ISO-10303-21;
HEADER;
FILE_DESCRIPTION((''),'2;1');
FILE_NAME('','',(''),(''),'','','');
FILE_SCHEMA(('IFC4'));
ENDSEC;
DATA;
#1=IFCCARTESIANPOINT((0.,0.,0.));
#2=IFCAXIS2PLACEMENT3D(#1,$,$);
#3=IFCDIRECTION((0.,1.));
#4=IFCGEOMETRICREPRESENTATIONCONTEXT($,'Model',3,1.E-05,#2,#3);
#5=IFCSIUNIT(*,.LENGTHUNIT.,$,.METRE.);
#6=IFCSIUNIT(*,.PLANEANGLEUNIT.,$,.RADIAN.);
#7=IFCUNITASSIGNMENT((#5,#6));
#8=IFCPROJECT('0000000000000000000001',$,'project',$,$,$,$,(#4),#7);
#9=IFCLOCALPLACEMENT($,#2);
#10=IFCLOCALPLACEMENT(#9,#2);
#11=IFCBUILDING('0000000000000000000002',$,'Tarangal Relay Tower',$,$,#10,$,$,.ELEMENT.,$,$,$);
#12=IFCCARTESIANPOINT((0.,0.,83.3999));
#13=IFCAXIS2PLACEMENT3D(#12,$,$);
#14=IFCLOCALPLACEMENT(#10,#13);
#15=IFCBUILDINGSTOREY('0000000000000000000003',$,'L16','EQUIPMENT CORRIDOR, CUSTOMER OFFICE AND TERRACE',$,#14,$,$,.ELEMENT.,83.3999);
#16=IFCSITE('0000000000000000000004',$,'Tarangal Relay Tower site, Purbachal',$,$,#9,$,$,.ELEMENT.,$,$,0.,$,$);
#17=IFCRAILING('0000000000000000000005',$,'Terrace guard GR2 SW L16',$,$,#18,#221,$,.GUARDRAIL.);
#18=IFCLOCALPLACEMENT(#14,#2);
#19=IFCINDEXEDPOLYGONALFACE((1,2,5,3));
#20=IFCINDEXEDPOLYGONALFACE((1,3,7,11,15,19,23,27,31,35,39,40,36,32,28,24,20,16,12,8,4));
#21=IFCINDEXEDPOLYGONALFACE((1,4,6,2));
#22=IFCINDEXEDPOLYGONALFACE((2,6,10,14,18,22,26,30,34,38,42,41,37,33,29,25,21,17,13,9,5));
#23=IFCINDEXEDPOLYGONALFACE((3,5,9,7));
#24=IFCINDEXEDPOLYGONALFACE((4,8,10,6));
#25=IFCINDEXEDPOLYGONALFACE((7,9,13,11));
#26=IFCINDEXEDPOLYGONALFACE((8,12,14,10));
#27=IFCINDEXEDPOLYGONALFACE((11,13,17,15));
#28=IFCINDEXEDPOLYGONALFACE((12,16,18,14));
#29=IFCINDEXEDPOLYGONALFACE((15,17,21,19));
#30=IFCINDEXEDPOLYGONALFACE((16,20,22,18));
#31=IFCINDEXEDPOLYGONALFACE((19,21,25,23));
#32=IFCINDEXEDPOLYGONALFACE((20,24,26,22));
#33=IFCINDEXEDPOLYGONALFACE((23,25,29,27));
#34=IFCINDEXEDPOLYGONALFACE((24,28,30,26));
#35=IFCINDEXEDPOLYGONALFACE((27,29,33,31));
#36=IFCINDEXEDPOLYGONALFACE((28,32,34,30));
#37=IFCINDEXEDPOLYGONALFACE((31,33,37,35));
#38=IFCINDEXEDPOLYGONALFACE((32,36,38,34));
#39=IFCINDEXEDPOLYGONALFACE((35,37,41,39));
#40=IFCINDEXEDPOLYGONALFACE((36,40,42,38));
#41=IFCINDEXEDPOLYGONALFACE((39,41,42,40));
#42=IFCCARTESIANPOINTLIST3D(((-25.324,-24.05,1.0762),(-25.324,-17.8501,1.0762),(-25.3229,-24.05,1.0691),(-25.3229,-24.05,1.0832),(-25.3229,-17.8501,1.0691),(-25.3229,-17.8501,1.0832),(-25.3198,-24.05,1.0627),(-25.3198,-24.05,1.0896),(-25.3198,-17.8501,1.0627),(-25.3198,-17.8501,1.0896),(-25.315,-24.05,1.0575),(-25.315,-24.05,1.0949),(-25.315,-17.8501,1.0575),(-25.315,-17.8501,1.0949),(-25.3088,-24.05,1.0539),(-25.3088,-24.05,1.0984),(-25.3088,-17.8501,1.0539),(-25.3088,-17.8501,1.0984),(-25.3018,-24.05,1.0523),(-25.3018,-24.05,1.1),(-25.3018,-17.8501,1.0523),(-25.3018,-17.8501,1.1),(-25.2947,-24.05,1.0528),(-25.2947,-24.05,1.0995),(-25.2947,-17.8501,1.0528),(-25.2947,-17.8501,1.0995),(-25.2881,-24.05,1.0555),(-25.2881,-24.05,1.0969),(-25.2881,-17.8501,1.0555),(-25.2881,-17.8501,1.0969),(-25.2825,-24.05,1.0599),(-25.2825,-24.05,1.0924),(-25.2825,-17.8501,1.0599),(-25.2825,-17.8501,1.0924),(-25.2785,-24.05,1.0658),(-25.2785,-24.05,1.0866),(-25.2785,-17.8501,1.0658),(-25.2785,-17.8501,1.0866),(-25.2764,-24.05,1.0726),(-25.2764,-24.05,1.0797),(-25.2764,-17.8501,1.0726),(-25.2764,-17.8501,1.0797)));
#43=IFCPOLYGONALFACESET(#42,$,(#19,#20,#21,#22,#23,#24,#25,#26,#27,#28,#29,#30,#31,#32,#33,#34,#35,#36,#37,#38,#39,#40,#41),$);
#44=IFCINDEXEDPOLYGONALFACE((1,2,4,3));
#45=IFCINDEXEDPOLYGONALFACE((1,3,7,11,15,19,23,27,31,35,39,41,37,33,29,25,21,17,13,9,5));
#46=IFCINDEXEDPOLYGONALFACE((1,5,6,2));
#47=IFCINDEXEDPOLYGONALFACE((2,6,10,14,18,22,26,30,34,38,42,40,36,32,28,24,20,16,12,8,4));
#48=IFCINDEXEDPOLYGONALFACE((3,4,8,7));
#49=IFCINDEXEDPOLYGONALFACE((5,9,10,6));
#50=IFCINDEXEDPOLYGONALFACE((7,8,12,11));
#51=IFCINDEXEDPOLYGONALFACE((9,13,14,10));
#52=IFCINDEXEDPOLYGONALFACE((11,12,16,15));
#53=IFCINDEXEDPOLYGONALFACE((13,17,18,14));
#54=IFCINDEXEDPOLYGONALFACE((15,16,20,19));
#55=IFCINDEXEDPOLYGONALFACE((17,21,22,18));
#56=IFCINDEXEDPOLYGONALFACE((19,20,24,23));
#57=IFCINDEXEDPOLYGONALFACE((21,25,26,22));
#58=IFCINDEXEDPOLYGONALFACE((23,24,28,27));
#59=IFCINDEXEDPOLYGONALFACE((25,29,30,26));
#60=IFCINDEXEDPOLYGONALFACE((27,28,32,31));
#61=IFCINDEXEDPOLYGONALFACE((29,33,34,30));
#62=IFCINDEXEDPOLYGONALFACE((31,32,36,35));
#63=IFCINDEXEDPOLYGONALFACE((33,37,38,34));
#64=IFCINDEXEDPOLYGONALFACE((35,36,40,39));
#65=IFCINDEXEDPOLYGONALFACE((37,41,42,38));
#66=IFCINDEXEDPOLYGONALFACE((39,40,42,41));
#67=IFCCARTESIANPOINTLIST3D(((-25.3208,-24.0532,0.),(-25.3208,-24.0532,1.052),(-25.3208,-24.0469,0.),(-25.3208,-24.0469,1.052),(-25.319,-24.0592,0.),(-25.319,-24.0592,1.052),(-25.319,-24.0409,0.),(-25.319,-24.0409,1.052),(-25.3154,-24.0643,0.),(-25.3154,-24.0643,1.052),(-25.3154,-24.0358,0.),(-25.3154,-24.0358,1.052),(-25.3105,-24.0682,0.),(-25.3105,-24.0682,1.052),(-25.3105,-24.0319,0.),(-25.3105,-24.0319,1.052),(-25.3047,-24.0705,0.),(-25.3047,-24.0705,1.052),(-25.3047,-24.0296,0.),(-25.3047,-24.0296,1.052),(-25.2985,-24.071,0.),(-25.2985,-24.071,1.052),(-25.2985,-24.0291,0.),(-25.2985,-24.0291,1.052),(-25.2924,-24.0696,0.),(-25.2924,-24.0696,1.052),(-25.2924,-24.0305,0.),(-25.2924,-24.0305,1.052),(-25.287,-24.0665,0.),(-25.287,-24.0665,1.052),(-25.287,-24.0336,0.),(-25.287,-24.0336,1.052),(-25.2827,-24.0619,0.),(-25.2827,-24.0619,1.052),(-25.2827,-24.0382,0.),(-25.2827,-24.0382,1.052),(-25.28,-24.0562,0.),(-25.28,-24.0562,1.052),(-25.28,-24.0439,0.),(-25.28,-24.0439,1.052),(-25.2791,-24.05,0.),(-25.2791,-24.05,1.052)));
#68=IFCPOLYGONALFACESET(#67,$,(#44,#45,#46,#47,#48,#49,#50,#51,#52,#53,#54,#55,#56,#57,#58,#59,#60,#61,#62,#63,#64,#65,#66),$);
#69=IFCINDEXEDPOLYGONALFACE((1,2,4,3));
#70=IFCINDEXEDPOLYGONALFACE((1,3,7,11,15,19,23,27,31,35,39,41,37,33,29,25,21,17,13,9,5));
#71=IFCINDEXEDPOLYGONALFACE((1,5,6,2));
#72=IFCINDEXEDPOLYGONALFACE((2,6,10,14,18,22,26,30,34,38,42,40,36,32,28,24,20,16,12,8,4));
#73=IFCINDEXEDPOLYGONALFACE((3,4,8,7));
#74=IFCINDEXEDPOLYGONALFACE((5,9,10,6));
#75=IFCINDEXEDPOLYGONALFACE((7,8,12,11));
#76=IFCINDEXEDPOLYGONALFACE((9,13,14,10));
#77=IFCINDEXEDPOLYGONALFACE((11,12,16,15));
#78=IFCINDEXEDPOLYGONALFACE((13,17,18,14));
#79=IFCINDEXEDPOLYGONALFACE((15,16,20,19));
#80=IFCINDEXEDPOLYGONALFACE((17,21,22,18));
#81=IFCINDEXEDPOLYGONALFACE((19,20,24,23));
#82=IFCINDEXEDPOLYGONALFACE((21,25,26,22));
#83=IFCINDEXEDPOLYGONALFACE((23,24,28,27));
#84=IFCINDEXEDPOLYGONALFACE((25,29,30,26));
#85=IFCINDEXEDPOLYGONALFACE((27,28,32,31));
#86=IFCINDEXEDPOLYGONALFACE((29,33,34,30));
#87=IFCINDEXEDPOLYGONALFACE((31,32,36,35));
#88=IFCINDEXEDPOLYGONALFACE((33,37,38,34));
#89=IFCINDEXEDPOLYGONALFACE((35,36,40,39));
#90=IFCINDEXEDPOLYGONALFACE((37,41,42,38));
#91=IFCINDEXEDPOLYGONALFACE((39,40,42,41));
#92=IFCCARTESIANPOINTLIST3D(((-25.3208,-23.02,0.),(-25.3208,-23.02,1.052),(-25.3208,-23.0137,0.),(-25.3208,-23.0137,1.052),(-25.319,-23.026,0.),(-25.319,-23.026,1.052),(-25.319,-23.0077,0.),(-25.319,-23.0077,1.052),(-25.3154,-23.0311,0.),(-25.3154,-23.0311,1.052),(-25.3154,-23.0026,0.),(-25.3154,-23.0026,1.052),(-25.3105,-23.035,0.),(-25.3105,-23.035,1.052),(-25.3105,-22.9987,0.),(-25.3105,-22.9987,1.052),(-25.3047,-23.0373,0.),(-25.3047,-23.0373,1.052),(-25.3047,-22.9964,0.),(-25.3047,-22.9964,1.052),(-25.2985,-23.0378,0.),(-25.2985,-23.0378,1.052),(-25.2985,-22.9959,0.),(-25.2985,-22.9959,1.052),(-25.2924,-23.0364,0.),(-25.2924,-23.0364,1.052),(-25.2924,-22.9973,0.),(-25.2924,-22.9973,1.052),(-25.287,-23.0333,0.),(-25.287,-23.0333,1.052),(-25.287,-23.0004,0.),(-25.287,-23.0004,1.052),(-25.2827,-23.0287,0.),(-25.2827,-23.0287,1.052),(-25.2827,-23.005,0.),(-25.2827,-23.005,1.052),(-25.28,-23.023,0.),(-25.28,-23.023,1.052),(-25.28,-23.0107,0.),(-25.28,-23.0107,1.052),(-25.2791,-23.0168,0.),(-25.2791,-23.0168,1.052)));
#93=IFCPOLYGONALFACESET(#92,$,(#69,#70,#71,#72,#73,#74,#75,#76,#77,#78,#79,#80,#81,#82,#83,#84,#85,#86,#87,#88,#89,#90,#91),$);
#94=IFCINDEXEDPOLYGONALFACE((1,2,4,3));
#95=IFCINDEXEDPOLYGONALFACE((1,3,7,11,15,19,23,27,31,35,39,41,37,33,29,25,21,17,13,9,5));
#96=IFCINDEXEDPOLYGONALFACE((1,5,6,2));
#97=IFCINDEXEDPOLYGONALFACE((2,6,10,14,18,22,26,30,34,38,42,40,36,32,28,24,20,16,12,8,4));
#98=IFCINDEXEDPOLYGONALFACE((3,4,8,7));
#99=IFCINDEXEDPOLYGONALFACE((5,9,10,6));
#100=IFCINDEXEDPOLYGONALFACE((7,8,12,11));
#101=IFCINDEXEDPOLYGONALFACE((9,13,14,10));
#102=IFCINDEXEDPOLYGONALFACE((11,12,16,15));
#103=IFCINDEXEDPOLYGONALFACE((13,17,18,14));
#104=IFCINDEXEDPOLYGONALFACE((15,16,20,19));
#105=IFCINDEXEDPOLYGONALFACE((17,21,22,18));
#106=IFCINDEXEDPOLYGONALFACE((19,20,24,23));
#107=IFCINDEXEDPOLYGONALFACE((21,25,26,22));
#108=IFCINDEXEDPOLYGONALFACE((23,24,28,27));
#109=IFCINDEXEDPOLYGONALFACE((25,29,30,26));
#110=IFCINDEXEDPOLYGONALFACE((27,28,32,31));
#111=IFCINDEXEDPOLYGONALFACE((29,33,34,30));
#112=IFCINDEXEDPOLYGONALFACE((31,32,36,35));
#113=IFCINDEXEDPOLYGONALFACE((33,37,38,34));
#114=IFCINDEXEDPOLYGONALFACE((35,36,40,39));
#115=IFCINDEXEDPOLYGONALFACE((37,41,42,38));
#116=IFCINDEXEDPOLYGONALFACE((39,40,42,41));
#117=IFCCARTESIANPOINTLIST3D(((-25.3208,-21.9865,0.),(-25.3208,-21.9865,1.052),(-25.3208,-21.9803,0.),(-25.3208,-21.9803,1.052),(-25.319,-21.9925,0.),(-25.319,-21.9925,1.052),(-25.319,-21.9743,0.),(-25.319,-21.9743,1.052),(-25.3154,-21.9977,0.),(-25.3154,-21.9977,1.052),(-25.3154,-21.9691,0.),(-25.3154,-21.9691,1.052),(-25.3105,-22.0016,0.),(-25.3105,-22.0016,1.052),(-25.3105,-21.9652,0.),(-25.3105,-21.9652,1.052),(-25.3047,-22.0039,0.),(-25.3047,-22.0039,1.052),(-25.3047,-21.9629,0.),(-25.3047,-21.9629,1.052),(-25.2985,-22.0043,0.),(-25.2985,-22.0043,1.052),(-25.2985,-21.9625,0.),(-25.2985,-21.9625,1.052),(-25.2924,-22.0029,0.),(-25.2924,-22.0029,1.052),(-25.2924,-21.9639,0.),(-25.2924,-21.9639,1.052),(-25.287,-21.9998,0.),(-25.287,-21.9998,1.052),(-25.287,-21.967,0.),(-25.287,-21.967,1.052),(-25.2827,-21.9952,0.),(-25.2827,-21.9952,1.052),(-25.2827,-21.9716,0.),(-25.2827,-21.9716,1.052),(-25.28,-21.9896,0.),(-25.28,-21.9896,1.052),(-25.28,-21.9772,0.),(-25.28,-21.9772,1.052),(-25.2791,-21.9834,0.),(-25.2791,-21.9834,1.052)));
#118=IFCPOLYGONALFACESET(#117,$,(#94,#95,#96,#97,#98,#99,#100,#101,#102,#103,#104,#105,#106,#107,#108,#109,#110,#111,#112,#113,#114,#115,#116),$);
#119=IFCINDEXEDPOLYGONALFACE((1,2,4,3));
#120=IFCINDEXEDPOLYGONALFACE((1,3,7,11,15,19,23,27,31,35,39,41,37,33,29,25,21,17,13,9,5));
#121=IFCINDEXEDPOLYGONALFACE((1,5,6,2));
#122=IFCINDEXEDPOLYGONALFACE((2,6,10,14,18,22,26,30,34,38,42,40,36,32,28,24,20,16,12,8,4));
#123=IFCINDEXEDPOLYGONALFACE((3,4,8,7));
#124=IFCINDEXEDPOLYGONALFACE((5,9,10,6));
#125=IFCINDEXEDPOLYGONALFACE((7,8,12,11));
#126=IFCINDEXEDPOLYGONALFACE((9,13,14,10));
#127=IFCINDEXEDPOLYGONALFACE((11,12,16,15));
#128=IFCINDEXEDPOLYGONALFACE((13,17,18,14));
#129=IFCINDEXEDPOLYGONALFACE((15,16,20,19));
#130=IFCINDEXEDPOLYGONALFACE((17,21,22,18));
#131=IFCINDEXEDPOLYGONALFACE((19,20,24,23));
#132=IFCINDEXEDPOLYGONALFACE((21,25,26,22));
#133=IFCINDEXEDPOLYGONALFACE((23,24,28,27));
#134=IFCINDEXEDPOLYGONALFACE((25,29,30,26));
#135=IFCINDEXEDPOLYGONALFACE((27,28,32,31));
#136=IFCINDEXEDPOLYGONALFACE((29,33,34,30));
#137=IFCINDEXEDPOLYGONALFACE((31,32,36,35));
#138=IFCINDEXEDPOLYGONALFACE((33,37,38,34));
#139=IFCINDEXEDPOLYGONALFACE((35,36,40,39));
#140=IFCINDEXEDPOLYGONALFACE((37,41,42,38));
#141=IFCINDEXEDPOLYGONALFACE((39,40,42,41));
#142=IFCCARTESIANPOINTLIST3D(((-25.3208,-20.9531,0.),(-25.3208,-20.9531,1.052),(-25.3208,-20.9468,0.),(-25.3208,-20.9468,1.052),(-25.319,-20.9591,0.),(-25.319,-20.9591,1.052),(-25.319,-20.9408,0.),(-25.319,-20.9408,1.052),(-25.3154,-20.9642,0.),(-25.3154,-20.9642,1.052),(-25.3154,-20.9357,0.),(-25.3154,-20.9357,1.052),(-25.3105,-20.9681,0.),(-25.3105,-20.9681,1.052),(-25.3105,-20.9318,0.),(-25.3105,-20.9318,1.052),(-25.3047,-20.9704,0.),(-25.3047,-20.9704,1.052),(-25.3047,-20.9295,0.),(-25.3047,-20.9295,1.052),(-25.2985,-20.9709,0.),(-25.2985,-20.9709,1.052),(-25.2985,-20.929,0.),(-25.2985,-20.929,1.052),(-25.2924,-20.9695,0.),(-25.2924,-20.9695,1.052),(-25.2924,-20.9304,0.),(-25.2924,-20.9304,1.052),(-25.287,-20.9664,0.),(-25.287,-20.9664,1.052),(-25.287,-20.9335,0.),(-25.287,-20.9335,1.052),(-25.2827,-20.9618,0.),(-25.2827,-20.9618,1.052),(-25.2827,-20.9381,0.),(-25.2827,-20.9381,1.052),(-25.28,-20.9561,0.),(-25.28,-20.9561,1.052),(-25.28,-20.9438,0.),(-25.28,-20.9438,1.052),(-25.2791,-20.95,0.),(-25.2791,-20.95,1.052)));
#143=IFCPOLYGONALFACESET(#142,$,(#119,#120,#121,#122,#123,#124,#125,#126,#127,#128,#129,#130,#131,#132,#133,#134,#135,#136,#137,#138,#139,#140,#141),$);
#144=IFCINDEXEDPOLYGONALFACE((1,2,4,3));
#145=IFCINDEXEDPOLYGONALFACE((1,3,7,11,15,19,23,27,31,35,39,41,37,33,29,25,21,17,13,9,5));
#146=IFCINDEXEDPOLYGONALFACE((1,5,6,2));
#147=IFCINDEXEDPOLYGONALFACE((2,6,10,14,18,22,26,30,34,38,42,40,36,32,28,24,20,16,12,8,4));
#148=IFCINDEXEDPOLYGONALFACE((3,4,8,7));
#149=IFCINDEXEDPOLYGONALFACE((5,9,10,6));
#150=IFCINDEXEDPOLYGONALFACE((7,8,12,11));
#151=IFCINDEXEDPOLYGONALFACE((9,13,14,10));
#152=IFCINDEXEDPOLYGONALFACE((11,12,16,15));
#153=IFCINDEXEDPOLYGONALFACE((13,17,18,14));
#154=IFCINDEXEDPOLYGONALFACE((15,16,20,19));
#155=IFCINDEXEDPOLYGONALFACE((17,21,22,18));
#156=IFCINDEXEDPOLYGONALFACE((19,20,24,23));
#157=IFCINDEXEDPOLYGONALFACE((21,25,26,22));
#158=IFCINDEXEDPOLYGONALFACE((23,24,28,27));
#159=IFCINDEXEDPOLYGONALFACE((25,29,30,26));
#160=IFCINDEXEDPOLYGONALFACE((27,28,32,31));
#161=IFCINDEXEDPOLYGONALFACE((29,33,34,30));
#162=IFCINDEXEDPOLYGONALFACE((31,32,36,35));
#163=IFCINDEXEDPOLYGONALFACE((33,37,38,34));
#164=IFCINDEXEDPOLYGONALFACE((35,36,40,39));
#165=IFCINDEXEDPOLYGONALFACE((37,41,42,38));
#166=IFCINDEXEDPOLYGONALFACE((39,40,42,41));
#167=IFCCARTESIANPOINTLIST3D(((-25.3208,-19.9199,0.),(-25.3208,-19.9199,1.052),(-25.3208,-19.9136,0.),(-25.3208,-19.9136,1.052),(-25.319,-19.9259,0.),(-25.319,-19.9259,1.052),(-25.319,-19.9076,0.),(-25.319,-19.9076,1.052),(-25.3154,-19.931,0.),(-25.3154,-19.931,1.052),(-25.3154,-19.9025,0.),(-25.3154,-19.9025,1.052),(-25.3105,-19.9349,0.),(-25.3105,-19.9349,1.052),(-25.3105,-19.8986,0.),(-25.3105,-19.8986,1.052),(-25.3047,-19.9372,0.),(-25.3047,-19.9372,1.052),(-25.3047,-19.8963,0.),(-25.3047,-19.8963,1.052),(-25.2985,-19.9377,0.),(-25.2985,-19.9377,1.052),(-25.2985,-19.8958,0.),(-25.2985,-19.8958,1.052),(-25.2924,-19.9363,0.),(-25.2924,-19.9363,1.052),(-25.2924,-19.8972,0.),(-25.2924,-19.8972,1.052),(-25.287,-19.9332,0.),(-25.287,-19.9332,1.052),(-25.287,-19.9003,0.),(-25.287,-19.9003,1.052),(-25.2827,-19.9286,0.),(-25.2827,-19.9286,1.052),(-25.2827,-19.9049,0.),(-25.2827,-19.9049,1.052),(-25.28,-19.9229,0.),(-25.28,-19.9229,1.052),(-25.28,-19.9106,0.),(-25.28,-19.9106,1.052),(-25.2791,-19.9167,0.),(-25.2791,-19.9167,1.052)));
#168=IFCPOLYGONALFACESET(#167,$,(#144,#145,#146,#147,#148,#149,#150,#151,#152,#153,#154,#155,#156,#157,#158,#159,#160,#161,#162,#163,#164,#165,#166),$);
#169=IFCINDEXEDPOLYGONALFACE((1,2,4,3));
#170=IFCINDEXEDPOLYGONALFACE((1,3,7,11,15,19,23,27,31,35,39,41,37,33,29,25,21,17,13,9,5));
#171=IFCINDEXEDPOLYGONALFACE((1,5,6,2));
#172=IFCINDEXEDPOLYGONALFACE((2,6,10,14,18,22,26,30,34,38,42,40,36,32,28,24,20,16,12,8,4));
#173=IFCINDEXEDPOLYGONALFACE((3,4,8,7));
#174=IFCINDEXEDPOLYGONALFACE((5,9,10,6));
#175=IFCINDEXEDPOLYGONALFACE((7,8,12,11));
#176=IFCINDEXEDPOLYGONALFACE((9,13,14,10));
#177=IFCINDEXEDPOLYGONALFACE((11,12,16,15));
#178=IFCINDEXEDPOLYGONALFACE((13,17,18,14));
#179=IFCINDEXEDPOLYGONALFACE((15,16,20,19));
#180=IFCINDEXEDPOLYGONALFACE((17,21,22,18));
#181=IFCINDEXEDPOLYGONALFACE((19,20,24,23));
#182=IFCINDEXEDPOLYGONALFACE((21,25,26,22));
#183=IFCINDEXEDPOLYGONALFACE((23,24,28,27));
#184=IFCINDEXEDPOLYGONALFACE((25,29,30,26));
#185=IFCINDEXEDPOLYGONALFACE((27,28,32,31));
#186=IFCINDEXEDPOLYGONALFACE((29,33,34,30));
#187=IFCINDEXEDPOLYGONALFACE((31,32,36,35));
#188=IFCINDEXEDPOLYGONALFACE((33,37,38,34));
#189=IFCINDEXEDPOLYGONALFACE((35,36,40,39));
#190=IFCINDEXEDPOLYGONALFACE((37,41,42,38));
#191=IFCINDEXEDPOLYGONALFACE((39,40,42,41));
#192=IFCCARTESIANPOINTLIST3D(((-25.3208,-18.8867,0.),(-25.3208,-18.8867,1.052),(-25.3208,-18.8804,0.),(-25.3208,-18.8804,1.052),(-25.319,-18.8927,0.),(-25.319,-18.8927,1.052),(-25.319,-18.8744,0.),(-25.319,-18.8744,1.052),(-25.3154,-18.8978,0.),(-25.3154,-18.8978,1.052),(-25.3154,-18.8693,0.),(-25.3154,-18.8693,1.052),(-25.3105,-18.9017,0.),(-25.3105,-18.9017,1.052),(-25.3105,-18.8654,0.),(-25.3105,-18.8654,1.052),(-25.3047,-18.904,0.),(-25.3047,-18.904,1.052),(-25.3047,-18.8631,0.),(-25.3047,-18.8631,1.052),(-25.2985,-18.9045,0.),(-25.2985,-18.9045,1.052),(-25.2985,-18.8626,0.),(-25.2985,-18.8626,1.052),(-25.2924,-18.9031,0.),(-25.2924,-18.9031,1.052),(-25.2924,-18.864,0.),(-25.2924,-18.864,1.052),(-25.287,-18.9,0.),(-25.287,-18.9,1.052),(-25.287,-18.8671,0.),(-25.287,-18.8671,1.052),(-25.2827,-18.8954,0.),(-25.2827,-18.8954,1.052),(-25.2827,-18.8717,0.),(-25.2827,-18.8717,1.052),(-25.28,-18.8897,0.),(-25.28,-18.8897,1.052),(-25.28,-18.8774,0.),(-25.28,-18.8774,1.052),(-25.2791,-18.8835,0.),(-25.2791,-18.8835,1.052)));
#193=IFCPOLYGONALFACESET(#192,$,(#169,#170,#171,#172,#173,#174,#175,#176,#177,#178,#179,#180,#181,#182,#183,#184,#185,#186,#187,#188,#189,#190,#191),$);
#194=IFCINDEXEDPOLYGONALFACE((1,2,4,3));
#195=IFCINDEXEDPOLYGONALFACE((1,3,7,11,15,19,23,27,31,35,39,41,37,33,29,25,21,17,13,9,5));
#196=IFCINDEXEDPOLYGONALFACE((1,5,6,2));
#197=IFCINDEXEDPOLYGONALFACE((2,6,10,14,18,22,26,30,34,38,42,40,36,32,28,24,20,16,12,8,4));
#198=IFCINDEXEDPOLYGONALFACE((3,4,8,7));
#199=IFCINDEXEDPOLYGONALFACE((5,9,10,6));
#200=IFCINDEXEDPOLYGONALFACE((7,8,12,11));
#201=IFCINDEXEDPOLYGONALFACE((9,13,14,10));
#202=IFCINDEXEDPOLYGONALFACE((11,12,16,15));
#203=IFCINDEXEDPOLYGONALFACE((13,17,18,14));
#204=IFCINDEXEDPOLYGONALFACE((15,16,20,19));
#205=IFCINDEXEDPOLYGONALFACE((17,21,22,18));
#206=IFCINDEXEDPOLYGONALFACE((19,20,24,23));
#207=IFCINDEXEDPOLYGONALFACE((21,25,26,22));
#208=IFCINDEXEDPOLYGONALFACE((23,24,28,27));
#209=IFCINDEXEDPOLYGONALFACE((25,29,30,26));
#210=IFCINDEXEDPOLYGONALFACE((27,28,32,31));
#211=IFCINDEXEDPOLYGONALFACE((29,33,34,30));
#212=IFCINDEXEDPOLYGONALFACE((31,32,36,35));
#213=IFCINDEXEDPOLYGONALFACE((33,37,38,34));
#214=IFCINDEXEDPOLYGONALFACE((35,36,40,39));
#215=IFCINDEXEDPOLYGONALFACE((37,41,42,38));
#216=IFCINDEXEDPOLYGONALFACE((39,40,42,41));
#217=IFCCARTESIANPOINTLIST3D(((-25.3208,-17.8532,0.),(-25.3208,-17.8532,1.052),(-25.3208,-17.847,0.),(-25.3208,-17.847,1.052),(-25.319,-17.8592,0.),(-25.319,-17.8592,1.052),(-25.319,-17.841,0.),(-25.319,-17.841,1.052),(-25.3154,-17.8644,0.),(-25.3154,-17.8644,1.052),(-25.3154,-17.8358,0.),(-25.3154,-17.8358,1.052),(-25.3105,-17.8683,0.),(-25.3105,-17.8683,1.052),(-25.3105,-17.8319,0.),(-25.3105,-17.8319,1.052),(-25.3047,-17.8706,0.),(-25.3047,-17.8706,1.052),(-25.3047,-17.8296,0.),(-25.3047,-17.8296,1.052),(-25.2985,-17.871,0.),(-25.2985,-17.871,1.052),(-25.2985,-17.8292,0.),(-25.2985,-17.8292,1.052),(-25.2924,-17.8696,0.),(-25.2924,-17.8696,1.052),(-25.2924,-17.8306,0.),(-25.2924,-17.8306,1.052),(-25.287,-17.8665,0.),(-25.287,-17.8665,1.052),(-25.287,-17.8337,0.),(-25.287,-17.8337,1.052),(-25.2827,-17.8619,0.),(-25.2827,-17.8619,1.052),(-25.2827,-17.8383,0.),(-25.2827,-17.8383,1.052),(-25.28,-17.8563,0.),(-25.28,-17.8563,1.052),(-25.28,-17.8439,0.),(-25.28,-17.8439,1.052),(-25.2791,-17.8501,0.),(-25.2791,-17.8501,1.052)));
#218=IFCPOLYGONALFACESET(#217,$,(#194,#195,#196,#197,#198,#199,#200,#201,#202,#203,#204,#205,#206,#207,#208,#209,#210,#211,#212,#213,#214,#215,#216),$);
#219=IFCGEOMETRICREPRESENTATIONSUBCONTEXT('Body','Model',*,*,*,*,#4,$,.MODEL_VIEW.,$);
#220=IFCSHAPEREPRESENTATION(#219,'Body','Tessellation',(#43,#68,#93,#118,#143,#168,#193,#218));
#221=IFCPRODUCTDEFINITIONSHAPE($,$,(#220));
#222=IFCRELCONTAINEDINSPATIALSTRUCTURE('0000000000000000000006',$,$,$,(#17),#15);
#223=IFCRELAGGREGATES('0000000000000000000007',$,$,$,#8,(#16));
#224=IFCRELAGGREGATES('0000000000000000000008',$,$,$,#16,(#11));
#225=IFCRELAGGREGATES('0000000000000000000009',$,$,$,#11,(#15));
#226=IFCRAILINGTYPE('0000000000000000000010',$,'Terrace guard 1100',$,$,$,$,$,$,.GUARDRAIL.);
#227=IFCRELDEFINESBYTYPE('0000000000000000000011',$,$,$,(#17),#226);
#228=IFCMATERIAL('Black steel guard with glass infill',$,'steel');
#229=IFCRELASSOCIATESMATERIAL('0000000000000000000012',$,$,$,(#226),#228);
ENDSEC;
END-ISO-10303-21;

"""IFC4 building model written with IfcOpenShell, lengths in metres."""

from ifc_helpers import new_model, si_unit, direction, frame, origin, origin_2d, place, context, subcontext, project, spatial, circle, extrude, material, type_object, element, save


model = new_model("IFC4")

# Units and contexts
model_context = context("Model", 3, precision=1e-05, world=origin(), true_north=direction((0.0, 1.0)))
body_context = subcontext(model_context, "Body", "Model", "MODEL_VIEW")
ifc_project = project(units=[si_unit("LENGTHUNIT", "METRE"), si_unit("PLANEANGLEUNIT", "RADIAN")], contexts=[model_context])

# Site, building, storey
site_placement = place(None, origin())
site = spatial("IfcSite", under=ifc_project, at=site_placement, Name="Tarangal Relay Tower site, Purbachal", CompositionType="ELEMENT", RefElevation=0.0)
building_placement = place(site_placement, origin())
building = spatial("IfcBuilding", under=site, at=building_placement, Name="Tarangal Relay Tower", CompositionType="ELEMENT")
storey_placement = place(building_placement, frame((0.0, 0.0, 83.3999)))
storey = spatial("IfcBuildingStorey", under=building, at=storey_placement, Name="L16", Description="EQUIPMENT CORRIDOR, CUSTOMER OFFICE AND TERRACE", CompositionType="ELEMENT", Elevation=83.3999)

# Railing
ifc_material_1 = material(Name="Black steel guard with glass infill", Category="steel")
railing_type = type_object("IfcRailingType", Name="Terrace guard 1100", PredefinedType="GUARDRAIL", material=ifc_material_1)
railing_1_placement = place(storey_placement, frame((-25.3, -24.05, 0.0)))
element("IfcRailing", 1, at=railing_1_placement, inside=storey, type_object=railing_type, Name="Terrace guard GR2 SW L16", PredefinedType="GUARDRAIL", context=body_context, shape_type="SweptSolid", body=[
    extrude(circle(Radius=0.0239, at=origin_2d()), frame((0.0, 0.0, 1.0762), z_axis=(0.0, 1.0, 0.0), x_axis=(-1.0, 0.0, 0.0)), (0.0, 0.0, 1.0), 6.2),
    extrude(circle(Radius=0.021, at=origin_2d()), origin(), (0.0, 0.0, 1.0), 1.052),
    extrude(circle(Radius=0.021, at=origin_2d()), frame((0.0, 1.0332, 0.0)), (0.0, 0.0, 1.0), 1.052),
    extrude(circle(Radius=0.021, at=origin_2d()), frame((0.0, 2.0667, 0.0)), (0.0, 0.0, 1.0), 1.052),
    extrude(circle(Radius=0.021, at=origin_2d()), frame((0.0, 3.1001, 0.0)), (0.0, 0.0, 1.0), 1.052),
    extrude(circle(Radius=0.021, at=origin_2d()), frame((0.0, 4.1333, 0.0)), (0.0, 0.0, 1.0), 1.052),
    extrude(circle(Radius=0.021, at=origin_2d()), frame((0.0, 5.1665, 0.0)), (0.0, 0.0, 1.0), 1.052),
    extrude(circle(Radius=0.021, at=origin_2d()), frame((0.0, 6.2, 0.0)), (0.0, 0.0, 1.0), 1.052),
])

save(model, "model.ifc")
